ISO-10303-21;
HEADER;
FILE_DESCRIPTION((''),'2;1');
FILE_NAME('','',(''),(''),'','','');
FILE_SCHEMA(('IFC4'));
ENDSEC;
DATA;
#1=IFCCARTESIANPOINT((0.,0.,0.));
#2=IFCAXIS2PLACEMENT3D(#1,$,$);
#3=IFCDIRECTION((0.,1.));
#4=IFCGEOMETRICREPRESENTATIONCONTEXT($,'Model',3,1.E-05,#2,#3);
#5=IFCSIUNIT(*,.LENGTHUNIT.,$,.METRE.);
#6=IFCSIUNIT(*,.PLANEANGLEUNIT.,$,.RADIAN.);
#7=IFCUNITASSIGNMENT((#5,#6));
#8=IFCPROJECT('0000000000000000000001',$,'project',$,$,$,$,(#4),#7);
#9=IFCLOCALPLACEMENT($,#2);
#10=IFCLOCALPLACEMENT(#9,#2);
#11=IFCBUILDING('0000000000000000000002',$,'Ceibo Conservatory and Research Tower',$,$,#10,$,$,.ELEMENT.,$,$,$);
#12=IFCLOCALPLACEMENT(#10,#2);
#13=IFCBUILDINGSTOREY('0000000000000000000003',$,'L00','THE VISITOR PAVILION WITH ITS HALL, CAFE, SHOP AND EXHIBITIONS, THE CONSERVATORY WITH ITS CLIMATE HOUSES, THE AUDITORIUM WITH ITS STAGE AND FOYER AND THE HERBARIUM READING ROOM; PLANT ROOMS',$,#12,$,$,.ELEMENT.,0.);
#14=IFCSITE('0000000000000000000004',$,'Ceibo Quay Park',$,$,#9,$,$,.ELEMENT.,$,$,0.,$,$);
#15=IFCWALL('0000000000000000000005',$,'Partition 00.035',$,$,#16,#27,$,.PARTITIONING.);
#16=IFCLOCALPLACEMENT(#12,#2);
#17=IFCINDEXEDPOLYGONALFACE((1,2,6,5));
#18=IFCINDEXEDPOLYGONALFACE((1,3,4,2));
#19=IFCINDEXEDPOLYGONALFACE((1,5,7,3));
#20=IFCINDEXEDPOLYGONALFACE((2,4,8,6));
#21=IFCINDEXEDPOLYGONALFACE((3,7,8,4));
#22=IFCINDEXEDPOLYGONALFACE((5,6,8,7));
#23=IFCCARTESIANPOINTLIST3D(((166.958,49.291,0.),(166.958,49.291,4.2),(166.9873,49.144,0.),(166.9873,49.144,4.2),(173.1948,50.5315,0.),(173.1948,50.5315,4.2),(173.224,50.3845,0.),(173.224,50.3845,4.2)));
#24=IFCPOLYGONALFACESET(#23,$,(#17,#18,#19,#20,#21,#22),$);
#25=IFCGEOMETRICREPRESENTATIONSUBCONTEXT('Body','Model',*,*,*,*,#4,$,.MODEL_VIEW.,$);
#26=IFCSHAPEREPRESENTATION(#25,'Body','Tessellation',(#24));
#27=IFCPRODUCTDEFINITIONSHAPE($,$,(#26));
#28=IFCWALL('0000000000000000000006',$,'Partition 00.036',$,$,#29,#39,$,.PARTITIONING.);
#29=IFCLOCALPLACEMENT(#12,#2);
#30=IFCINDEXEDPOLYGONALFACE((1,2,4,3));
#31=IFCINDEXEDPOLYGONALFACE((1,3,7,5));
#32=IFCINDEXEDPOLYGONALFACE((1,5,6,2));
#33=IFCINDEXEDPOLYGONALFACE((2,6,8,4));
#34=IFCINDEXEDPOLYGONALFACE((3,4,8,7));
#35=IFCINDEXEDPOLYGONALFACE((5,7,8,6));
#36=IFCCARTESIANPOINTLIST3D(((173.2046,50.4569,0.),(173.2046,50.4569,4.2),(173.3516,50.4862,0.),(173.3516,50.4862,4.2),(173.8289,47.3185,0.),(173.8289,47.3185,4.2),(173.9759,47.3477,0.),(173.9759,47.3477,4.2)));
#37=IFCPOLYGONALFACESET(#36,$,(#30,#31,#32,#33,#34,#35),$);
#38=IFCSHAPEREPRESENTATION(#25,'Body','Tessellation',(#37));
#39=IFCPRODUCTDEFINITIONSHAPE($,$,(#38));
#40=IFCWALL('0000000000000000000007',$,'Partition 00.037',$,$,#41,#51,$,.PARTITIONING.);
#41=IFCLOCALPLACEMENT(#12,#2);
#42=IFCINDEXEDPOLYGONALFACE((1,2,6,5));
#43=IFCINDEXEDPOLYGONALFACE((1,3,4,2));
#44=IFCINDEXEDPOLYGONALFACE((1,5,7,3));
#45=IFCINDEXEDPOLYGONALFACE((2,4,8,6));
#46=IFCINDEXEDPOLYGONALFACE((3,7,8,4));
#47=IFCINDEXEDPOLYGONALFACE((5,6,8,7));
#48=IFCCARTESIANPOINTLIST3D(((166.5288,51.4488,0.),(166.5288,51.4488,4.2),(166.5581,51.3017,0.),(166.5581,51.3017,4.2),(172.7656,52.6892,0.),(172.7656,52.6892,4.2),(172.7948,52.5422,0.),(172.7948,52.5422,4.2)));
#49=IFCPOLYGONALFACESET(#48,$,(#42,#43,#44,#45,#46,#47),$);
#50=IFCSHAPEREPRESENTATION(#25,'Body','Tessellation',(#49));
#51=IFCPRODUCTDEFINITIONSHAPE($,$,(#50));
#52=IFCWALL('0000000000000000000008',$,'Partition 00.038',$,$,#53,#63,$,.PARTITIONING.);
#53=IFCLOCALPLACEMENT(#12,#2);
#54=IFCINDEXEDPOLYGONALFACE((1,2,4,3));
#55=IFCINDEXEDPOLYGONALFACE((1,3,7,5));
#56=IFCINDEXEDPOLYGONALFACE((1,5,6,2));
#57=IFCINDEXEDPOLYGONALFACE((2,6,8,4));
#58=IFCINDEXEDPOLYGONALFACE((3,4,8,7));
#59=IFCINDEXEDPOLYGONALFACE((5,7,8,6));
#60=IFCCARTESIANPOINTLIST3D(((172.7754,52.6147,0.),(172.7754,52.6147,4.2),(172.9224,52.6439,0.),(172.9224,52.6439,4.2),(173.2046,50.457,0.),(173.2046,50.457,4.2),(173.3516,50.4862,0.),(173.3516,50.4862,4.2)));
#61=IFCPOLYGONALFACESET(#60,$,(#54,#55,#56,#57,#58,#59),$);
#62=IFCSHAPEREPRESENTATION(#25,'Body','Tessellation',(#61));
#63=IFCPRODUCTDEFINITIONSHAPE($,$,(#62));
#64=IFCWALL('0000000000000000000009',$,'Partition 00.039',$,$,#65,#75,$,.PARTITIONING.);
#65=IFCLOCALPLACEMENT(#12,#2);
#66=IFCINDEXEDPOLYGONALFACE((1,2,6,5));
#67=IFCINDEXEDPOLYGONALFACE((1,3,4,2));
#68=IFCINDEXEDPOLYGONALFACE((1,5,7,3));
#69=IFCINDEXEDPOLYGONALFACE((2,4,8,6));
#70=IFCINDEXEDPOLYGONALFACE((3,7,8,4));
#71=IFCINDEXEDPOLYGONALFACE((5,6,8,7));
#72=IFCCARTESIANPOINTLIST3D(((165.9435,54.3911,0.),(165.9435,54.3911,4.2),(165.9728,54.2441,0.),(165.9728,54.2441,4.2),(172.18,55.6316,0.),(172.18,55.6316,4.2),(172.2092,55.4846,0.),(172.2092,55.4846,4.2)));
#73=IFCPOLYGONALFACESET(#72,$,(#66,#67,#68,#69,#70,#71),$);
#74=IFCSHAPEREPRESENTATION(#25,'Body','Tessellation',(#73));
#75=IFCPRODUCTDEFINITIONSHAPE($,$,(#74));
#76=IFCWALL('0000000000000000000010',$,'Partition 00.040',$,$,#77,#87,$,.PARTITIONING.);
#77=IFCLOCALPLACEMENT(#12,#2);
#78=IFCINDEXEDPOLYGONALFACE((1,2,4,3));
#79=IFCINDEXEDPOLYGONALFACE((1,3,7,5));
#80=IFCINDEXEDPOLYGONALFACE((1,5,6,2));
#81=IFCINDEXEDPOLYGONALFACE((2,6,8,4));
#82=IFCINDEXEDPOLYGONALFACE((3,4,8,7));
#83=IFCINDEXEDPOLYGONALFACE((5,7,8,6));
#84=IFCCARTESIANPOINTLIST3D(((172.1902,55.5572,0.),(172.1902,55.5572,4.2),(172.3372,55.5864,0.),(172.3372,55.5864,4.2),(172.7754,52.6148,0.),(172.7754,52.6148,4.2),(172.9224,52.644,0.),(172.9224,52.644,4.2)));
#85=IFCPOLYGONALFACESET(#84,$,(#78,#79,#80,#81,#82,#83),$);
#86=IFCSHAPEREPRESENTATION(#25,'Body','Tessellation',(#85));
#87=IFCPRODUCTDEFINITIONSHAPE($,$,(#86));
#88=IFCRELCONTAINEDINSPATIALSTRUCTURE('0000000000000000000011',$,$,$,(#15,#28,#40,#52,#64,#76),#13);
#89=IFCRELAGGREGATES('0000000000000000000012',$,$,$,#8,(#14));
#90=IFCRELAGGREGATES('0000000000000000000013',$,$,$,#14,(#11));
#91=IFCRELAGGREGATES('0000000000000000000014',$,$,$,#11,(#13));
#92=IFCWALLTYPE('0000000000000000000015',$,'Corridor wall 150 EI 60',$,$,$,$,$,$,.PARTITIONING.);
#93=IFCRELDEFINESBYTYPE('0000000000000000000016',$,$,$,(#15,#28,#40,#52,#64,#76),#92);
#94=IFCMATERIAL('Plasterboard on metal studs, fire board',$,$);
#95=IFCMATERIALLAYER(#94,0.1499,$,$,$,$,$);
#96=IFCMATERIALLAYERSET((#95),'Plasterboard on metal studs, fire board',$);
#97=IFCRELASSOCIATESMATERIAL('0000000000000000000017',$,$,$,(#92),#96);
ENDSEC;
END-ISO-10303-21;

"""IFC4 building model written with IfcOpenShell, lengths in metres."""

from ifc_helpers import new_model, si_unit, direction, frame, frame_2d, origin, place, context, subcontext, project, spatial, rectangle, extrude, material, layer, layer_set, type_object, element, save


model = new_model("IFC4")

# Units and contexts
model_context = context("Model", 3, precision=1e-05, world=origin(), true_north=direction((0.0, 1.0)))
body_context = subcontext(model_context, "Body", "Model", "MODEL_VIEW")
ifc_project = project(units=[si_unit("LENGTHUNIT", "METRE"), si_unit("PLANEANGLEUNIT", "RADIAN")], contexts=[model_context])

# Site, building, storey
site_placement = place(None, origin())
site = spatial("IfcSite", under=ifc_project, at=site_placement, Name="Ceibo Quay Park", CompositionType="ELEMENT", RefElevation=0.0)
building_placement = place(site_placement, origin())
building = spatial("IfcBuilding", under=site, at=building_placement, Name="Ceibo Conservatory and Research Tower", CompositionType="ELEMENT")
storey_placement = place(building_placement, origin())
storey = spatial("IfcBuildingStorey", under=building, at=storey_placement, Name="L00", Description="THE VISITOR PAVILION WITH ITS HALL, CAFE, SHOP AND EXHIBITIONS, THE CONSERVATORY WITH ITS CLIMATE HOUSES, THE AUDITORIUM WITH ITS STAGE AND FOYER AND THE HERBARIUM READING ROOM; PLANT ROOMS", CompositionType="ELEMENT", Elevation=0.0)

# Shared definitions
ifc_material_1 = material(Name="Plasterboard on metal studs, fire board")
ifc_layer_1 = layer(ifc_material_1, 0.1499)
ifc_layer_set_1 = layer_set([ifc_layer_1], Name="Plasterboard on metal studs, fire board")
wall_type = type_object("IfcWallType", Name="Corridor wall 150 EI 60", PredefinedType="PARTITIONING", material=ifc_layer_set_1)

# Walls
wall_1_placement = place(storey_placement, frame((166.9727, 49.2175, 0.0), z_axis=(0.0, 0.0, 1.0), x_axis=(0.980788, 0.195075, 0.0)))
element("IfcWall", 1, at=wall_1_placement, inside=storey, type_object=wall_type, Name="Partition 00.035", PredefinedType="PARTITIONING", context=body_context, shape_type="SweptSolid", body=[
    extrude(rectangle(XDim=6.3589, YDim=0.1499, at=frame_2d((3.1794, 0.0))), origin(), (0.0, 0.0, 1.0), 4.2),
])
wall_2_placement = place(storey_placement, frame((173.2781, 50.4717, 0.0), z_axis=(0.0, 0.0, 1.0), x_axis=(0.195089, -0.980786, 0.0)))
element("IfcWall", 2, at=wall_2_placement, inside=storey, type_object=wall_type, Name="Partition 00.036", PredefinedType="PARTITIONING", context=body_context, shape_type="SweptSolid", body=[
    extrude(rectangle(XDim=3.2, YDim=0.1499, at=frame_2d((1.6001, 0.0))), origin(), (0.0, 0.0, 1.0), 4.2),
])
wall_3_placement = place(storey_placement, frame((166.5435, 51.3752, 0.0), z_axis=(0.0, 0.0, 1.0), x_axis=(0.980788, 0.195075, 0.0)))
element("IfcWall", 3, at=wall_3_placement, inside=storey, type_object=wall_type, Name="Partition 00.037", PredefinedType="PARTITIONING", context=body_context, shape_type="SweptSolid", body=[
    extrude(rectangle(XDim=6.3589, YDim=0.1499, at=frame_2d((3.1794, 0.0))), origin(), (0.0, 0.0, 1.0), 4.2),
])
wall_4_placement = place(storey_placement, frame((172.8489, 52.6294, 0.0), z_axis=(0.0, 0.0, 1.0), x_axis=(0.195092, -0.980785, 0.0)))
element("IfcWall", 4, at=wall_4_placement, inside=storey, type_object=wall_type, Name="Partition 00.038", PredefinedType="PARTITIONING", context=body_context, shape_type="SweptSolid", body=[
    extrude(rectangle(XDim=2.2, YDim=0.1499, at=frame_2d((1.1001, 0.0))), origin(), (0.0, 0.0, 1.0), 4.2),
])
wall_5_placement = place(storey_placement, frame((165.9583, 54.3176, 0.0), z_axis=(0.0, 0.0, 1.0), x_axis=(0.980787, 0.195082, 0.0)))
element("IfcWall", 5, at=wall_5_placement, inside=storey, type_object=wall_type, Name="Partition 00.039", PredefinedType="PARTITIONING", context=body_context, shape_type="SweptSolid", body=[
    extrude(rectangle(XDim=6.3586, YDim=0.1499, at=frame_2d((3.1792, 0.0))), origin(), (0.0, 0.0, 1.0), 4.2),
])
wall_6_placement = place(storey_placement, frame((172.2637, 55.5718, 0.0), z_axis=(0.0, 0.0, 1.0), x_axis=(0.195067, -0.98079, 0.0)))
element("IfcWall", 6, at=wall_6_placement, inside=storey, type_object=wall_type, Name="Partition 00.040", PredefinedType="PARTITIONING", context=body_context, shape_type="SweptSolid", body=[
    extrude(rectangle(XDim=3.0, YDim=0.1499, at=frame_2d((1.5, 0.0))), origin(), (0.0, 0.0, 1.0), 4.2),
])

save(model, "model.ifc")
